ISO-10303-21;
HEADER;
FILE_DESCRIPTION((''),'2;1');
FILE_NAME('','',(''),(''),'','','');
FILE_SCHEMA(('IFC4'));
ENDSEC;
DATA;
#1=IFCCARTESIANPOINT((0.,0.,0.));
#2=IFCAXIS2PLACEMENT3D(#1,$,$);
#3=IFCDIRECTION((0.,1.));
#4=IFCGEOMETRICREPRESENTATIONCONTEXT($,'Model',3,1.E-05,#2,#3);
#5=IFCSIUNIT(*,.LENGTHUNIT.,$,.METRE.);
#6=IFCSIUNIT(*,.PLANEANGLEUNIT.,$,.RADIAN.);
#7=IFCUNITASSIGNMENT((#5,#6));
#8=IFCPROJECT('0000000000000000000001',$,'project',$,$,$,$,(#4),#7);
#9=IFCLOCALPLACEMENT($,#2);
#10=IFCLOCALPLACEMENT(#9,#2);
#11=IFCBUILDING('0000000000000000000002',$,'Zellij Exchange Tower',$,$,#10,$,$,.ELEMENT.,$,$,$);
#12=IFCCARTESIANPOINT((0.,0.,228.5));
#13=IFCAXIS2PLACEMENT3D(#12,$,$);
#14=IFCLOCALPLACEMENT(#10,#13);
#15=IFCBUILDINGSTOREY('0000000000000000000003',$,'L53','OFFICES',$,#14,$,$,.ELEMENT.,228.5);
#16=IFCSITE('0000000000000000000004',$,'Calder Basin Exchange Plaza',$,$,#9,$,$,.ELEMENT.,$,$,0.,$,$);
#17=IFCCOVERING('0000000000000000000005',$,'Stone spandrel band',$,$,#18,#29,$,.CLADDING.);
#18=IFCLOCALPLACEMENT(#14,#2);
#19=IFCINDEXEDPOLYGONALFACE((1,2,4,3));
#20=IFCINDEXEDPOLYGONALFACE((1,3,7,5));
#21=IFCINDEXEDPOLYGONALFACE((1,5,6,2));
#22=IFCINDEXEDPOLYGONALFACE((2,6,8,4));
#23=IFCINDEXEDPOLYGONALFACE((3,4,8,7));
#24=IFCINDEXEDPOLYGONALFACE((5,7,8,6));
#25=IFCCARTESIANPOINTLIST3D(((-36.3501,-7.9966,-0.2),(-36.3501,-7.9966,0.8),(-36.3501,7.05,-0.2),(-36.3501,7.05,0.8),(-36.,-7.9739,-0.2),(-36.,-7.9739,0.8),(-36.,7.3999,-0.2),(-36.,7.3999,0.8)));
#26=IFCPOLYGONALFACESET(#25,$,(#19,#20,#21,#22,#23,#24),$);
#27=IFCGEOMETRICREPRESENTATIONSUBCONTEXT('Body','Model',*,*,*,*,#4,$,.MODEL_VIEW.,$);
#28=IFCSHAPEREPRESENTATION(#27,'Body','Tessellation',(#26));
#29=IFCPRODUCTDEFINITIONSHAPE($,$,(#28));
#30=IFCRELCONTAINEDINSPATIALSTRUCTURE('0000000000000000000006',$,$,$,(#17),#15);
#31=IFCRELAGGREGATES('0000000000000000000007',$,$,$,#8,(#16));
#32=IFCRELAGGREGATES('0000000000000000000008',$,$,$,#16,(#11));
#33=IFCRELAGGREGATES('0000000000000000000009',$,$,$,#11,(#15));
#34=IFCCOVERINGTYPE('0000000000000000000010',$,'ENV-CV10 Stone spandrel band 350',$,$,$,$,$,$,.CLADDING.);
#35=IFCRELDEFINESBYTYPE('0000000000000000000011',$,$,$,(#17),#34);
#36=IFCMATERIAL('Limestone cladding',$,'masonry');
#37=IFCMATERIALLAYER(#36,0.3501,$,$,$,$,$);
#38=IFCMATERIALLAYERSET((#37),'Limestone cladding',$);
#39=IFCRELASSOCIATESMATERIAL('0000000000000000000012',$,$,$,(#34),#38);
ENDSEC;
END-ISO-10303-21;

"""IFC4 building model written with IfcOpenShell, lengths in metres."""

from ifc_helpers import new_model, si_unit, direction, frame, origin, place, context, subcontext, project, spatial, polyline, outline, extrude, material, layer, layer_set, type_object, element, save


model = new_model("IFC4")

# Units and contexts
model_context = context("Model", 3, precision=1e-05, world=origin(), true_north=direction((0.0, 1.0)))
body_context = subcontext(model_context, "Body", "Model", "MODEL_VIEW")
ifc_project = project(units=[si_unit("LENGTHUNIT", "METRE"), si_unit("PLANEANGLEUNIT", "RADIAN")], contexts=[model_context])

# Site, building, storey
site_placement = place(None, origin())
site = spatial("IfcSite", under=ifc_project, at=site_placement, Name="Calder Basin Exchange Plaza", CompositionType="ELEMENT", RefElevation=0.0)
building_placement = place(site_placement, origin())
building = spatial("IfcBuilding", under=site, at=building_placement, Name="Zellij Exchange Tower", CompositionType="ELEMENT")
storey_placement = place(building_placement, frame((0.0, 0.0, 228.5)))
storey = spatial("IfcBuildingStorey", under=building, at=storey_placement, Name="L53", Description="OFFICES", CompositionType="ELEMENT", Elevation=228.5)

# Covering
ifc_material_1 = material(Name="Limestone cladding", Category="masonry")
ifc_layer_1 = layer(ifc_material_1, 0.3501)
ifc_layer_set_1 = layer_set([ifc_layer_1], Name="Limestone cladding")
covering_type = type_object("IfcCoveringType", Name="ENV-CV10 Stone spandrel band 350", PredefinedType="CLADDING", material=ifc_layer_set_1)
covering_1_placement = place(storey_placement, frame((0.0, 0.0, -0.2)))
element("IfcCovering", 1, at=covering_1_placement, inside=storey, type_object=covering_type, Name="Stone spandrel band", PredefinedType="CLADDING", context=body_context, shape_type="SweptSolid", body=[
    extrude(outline(polyline([(-36.0, 7.3999), (-36.0, -7.9739), (-36.3501, -7.9966), (-36.3501, 7.05), (-36.0, 7.3999)])), origin(), (0.0, 0.0, 1.0), 1.0),
])

save(model, "model.ifc")
